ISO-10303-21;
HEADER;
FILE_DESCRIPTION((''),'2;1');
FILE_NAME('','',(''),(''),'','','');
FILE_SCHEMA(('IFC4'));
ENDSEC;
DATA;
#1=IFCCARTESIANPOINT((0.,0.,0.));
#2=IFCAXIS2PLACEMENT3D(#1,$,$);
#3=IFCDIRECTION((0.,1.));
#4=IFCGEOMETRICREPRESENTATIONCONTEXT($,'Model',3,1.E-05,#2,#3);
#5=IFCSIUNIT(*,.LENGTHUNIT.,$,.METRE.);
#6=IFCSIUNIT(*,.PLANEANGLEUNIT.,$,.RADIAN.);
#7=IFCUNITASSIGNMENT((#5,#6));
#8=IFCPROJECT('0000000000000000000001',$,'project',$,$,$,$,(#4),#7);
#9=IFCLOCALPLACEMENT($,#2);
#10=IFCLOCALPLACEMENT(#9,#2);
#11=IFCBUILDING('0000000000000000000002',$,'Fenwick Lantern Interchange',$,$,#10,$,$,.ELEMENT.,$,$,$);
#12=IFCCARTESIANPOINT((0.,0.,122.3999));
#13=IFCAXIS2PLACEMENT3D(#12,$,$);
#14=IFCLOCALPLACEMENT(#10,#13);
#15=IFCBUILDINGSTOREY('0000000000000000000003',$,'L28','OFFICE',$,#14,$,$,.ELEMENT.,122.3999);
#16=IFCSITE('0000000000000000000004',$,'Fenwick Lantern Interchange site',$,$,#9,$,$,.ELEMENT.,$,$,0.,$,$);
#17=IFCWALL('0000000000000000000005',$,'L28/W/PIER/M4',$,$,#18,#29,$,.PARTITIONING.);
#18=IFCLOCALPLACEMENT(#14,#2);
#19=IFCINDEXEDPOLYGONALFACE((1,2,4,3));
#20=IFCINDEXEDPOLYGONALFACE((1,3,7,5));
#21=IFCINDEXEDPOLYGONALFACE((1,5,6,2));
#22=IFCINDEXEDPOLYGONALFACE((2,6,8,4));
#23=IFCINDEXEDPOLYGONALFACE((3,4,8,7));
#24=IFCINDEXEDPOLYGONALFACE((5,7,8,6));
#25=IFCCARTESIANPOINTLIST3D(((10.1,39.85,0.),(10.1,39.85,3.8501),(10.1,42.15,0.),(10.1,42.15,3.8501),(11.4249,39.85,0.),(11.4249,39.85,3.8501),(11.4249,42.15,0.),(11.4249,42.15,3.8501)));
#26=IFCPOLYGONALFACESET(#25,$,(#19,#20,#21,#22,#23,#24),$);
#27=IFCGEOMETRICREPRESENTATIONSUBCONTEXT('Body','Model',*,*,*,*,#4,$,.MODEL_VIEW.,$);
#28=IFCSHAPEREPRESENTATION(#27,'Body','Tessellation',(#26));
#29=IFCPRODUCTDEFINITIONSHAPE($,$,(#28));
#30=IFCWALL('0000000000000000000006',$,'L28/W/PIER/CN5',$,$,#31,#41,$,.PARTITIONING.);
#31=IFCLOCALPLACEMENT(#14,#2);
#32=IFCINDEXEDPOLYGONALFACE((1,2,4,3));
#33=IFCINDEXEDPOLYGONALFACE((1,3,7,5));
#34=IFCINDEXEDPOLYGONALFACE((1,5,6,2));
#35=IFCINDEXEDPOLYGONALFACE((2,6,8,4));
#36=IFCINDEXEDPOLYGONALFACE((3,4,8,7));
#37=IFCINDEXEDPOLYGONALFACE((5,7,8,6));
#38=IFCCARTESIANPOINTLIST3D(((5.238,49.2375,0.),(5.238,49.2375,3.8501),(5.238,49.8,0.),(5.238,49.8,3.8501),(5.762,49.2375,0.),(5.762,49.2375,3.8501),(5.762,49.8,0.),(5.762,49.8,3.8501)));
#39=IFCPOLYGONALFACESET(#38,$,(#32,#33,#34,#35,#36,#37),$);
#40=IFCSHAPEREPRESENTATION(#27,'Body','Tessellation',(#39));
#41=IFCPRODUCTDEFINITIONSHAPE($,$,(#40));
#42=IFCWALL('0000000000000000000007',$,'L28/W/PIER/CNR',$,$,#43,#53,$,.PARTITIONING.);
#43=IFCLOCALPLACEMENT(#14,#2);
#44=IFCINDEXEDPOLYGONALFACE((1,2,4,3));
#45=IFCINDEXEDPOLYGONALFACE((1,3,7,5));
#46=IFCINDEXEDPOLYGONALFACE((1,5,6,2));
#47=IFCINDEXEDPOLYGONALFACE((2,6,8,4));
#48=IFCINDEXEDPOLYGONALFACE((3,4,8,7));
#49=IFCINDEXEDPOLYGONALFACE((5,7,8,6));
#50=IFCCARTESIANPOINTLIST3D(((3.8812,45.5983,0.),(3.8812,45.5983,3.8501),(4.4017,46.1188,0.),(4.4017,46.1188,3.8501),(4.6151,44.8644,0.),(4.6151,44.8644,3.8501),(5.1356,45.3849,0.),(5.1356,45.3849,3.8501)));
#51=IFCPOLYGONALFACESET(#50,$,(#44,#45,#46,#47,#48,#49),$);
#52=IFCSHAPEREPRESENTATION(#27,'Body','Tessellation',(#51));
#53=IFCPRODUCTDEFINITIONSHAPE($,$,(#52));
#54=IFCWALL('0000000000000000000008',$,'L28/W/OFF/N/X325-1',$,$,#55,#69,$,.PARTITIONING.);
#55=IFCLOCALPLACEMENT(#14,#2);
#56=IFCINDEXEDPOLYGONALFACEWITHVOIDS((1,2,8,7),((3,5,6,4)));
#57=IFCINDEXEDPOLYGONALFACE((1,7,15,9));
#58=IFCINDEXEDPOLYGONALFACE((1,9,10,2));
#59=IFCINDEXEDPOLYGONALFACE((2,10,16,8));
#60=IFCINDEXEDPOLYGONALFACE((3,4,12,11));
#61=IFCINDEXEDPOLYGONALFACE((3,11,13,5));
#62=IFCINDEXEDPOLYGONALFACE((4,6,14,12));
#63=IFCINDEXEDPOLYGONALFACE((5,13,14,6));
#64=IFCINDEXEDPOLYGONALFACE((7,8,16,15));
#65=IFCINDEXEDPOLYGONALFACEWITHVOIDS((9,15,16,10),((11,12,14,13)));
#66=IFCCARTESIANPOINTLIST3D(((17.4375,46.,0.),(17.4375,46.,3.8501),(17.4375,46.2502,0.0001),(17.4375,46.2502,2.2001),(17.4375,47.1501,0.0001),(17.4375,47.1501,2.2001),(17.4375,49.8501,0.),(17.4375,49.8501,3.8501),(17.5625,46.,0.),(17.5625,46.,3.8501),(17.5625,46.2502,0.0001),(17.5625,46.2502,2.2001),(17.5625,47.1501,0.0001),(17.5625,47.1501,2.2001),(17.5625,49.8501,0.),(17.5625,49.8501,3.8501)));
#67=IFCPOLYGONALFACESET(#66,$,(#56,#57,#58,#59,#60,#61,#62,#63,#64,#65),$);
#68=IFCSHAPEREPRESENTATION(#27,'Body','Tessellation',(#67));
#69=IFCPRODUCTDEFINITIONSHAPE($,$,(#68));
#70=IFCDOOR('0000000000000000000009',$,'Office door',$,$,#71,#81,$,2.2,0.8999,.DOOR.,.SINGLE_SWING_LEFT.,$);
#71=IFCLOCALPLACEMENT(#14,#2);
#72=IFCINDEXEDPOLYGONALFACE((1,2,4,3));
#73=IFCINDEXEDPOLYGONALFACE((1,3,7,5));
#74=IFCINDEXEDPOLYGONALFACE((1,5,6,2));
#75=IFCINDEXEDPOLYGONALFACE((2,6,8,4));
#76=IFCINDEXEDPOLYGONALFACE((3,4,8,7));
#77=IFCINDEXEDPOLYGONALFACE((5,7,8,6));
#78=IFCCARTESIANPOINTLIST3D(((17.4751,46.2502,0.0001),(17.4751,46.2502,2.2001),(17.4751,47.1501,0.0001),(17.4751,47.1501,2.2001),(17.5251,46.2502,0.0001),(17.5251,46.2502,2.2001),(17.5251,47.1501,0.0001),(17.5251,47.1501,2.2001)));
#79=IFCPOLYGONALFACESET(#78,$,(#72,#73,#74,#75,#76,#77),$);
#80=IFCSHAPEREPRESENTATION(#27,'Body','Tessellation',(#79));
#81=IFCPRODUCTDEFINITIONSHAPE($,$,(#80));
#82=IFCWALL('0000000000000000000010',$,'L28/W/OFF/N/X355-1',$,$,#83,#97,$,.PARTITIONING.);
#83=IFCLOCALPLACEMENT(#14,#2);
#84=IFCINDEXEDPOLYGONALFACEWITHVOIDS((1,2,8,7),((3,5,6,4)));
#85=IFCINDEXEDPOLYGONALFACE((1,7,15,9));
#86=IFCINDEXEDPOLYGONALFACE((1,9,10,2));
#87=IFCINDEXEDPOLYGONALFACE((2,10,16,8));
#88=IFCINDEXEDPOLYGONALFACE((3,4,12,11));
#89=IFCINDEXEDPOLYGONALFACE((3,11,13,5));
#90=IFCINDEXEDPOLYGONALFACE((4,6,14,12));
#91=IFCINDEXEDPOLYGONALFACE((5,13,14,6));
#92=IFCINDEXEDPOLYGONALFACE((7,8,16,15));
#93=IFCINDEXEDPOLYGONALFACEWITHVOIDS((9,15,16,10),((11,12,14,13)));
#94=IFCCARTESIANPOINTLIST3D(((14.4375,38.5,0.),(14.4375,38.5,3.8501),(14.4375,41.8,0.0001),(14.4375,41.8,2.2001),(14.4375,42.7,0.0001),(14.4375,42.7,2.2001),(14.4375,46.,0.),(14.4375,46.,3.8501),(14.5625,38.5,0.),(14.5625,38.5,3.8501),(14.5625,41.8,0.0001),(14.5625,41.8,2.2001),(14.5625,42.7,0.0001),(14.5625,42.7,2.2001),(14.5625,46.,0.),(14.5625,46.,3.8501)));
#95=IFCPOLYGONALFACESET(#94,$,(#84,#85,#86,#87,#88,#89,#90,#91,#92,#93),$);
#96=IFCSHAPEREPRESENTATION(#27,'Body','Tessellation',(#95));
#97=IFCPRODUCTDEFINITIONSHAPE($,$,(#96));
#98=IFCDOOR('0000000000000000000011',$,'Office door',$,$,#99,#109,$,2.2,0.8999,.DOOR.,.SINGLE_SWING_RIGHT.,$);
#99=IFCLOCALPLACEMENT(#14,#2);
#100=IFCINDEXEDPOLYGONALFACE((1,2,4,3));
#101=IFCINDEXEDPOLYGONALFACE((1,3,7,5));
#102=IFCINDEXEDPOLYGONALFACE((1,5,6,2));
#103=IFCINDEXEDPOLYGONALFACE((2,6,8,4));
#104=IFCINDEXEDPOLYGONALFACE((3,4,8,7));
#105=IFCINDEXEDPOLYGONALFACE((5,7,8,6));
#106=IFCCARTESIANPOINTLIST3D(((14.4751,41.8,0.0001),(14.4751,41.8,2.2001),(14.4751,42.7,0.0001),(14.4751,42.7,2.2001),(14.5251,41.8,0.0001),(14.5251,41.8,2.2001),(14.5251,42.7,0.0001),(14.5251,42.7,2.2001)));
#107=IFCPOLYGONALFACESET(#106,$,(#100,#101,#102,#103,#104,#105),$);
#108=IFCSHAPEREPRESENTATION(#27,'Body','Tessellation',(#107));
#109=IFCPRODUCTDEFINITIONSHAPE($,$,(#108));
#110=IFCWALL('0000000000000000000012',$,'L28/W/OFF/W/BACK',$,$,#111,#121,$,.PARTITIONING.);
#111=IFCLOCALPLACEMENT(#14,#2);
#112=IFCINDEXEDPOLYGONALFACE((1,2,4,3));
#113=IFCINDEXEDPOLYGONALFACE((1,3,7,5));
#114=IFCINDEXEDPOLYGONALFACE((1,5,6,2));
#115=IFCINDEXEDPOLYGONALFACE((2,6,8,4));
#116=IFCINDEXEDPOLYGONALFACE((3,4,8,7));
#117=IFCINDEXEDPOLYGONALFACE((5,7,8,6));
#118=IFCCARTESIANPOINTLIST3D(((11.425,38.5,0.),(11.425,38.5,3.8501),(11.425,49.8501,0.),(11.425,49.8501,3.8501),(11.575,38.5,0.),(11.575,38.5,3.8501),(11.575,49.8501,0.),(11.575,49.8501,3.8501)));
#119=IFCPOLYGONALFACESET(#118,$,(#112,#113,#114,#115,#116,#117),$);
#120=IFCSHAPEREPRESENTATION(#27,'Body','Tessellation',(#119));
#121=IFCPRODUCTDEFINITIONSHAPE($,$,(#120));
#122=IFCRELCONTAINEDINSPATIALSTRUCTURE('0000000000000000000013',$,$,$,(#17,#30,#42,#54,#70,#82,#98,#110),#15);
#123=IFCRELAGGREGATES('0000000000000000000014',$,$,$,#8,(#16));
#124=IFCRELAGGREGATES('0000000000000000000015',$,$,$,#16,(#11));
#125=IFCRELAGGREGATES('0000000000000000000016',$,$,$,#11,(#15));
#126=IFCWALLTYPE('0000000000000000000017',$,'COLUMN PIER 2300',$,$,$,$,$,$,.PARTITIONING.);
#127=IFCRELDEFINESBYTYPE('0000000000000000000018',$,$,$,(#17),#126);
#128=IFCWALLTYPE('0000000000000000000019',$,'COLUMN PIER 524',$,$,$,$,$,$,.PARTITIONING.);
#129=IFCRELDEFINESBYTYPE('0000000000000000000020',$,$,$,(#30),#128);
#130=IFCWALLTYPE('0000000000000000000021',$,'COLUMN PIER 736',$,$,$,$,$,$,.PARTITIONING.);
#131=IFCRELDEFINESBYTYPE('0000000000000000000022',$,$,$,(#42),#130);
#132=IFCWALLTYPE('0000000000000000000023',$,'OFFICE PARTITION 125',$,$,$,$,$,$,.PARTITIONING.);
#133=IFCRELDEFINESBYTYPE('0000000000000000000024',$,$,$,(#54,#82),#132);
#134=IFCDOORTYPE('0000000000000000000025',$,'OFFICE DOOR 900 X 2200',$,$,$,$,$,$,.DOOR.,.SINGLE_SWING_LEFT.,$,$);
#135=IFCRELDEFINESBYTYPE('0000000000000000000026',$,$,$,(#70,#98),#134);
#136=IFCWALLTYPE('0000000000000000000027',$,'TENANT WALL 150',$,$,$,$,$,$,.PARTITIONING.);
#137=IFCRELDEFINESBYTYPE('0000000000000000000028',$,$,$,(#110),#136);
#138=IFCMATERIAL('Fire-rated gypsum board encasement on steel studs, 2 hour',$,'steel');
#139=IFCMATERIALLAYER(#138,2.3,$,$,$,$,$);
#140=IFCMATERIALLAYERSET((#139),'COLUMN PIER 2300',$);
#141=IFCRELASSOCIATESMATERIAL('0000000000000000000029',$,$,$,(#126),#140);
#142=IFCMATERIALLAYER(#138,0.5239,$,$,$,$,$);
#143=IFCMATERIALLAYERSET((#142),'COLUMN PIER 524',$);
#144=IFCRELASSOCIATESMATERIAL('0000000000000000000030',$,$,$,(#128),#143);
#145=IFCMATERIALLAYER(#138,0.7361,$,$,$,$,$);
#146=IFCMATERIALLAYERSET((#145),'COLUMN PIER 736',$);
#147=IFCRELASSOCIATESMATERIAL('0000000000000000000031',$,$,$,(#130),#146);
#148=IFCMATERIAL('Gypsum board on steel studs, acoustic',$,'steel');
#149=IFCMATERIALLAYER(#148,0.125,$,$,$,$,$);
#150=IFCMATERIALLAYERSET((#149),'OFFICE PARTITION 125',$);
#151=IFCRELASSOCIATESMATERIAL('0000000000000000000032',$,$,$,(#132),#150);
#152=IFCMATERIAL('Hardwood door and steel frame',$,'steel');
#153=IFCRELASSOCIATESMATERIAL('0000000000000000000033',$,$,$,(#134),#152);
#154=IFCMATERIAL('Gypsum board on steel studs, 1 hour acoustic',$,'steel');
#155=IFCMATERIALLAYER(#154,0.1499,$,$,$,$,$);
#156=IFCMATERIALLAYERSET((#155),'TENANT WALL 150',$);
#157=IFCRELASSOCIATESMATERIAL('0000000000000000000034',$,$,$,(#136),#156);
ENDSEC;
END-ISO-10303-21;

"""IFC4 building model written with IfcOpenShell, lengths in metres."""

from ifc_helpers import new_model, si_unit, direction, frame, frame_2d, origin, place, context, subcontext, project, spatial, rectangle, extrude, material, layer, layer_set, type_object, element, fill, save


model = new_model("IFC4")

# Units and contexts
model_context = context("Model", 3, precision=1e-05, world=origin(), true_north=direction((0.0, 1.0)))
body_context = subcontext(model_context, "Body", "Model", "MODEL_VIEW")
ifc_project = project(units=[si_unit("LENGTHUNIT", "METRE"), si_unit("PLANEANGLEUNIT", "RADIAN")], contexts=[model_context])

# Site, building, storey
site_placement = place(None, origin())
site = spatial("IfcSite", under=ifc_project, at=site_placement, Name="Fenwick Lantern Interchange site", CompositionType="ELEMENT", RefElevation=0.0)
building_placement = place(site_placement, origin())
building = spatial("IfcBuilding", under=site, at=building_placement, Name="Fenwick Lantern Interchange", CompositionType="ELEMENT")
storey_placement = place(building_placement, frame((0.0, 0.0, 122.3999)))
storey = spatial("IfcBuildingStorey", under=building, at=storey_placement, Name="L28", Description="OFFICE", CompositionType="ELEMENT", Elevation=122.3999)

# Walls
ifc_material_1 = material(Name="Fire-rated gypsum board encasement on steel studs, 2 hour", Category="steel")
ifc_layer_1 = layer(ifc_material_1, 2.3)
ifc_layer_set_1 = layer_set([ifc_layer_1], Name="COLUMN PIER 2300")
wall_type_1 = type_object("IfcWallType", Name="COLUMN PIER 2300", PredefinedType="PARTITIONING", material=ifc_layer_set_1)
wall_1_placement = place(storey_placement, frame((11.425, 41.0, 0.0), z_axis=(0.0, 0.0, 1.0), x_axis=(-1.0, 0.0, 0.0)))
element("IfcWall", 1, at=wall_1_placement, inside=storey, type_object=wall_type_1, Name="L28/W/PIER/M4", PredefinedType="PARTITIONING", context=body_context, shape_type="SweptSolid", body=[
    extrude(rectangle(XDim=1.325, YDim=2.3, at=frame_2d((0.6626, 0.0))), origin(), (0.0, 0.0, 1.0), 3.8501),
])
ifc_layer_2 = layer(ifc_material_1, 0.5239)
ifc_layer_set_2 = layer_set([ifc_layer_2], Name="COLUMN PIER 524")
wall_type_2 = type_object("IfcWallType", Name="COLUMN PIER 524", PredefinedType="PARTITIONING", material=ifc_layer_set_2)
wall_2_placement = place(storey_placement, frame((5.5, 49.8, 0.0), z_axis=(0.0, 0.0, 1.0), x_axis=(0.0, -1.0, 0.0)))
element("IfcWall", 2, at=wall_2_placement, inside=storey, type_object=wall_type_2, Name="L28/W/PIER/CN5", PredefinedType="PARTITIONING", context=body_context, shape_type="SweptSolid", body=[
    extrude(rectangle(XDim=0.5625, YDim=0.5239, at=frame_2d((0.2812, 0.0))), origin(), (0.0, 0.0, 1.0), 3.8501),
])
ifc_layer_3 = layer(ifc_material_1, 0.7361)
ifc_layer_set_3 = layer_set([ifc_layer_3], Name="COLUMN PIER 736")
wall_type_3 = type_object("IfcWallType", Name="COLUMN PIER 736", PredefinedType="PARTITIONING", material=ifc_layer_set_3)
wall_3_placement = place(storey_placement, frame((4.1414, 45.8586, 0.0), z_axis=(0.0, 0.0, 1.0), x_axis=(0.707107, -0.707107, 0.0)))
element("IfcWall", 3, at=wall_3_placement, inside=storey, type_object=wall_type_3, Name="L28/W/PIER/CNR", PredefinedType="PARTITIONING", context=body_context, shape_type="SweptSolid", body=[
    extrude(rectangle(XDim=1.0378, YDim=0.7361, at=frame_2d((0.519, 0.0))), origin(), (0.0, 0.0, 1.0), 3.8501),
])

# Walls, openings, doors
ifc_material_2 = material(Name="Gypsum board on steel studs, acoustic", Category="steel")
ifc_layer_4 = layer(ifc_material_2, 0.125)
ifc_layer_set_4 = layer_set([ifc_layer_4], Name="OFFICE PARTITION 125")
wall_type_4 = type_object("IfcWallType", Name="OFFICE PARTITION 125", PredefinedType="PARTITIONING", material=ifc_layer_set_4)
wall_4_placement = place(storey_placement, frame((17.5, 49.8501, 0.0), z_axis=(0.0, 0.0, 1.0), x_axis=(0.0, -1.0, 0.0)))
wall_4 = element("IfcWall", 4, at=wall_4_placement, inside=storey, type_object=wall_type_4, Name="L28/W/OFF/N/X325-1", PredefinedType="PARTITIONING", context=body_context, shape_type="SweptSolid", body=[
    extrude(rectangle(XDim=3.8501, YDim=0.125, at=frame_2d((1.925, 0.0))), origin(), (0.0, 0.0, 1.0), 3.8501),
])
opening_1_placement = place(wall_4_placement, frame((2.7, 0.0, 0.0)))
opening_1 = element("IfcOpeningElement", 5, at=opening_1_placement, cuts=wall_4, PredefinedType="OPENING", context=body_context, shape_type="SweptSolid", body=[
    extrude(rectangle(XDim=0.8999, YDim=2.2, at=frame_2d((0.45, 1.1001))), frame((0.0, 0.0725, 0.0), z_axis=(0.0, -1.0, 0.0), x_axis=(1.0, 0.0, 0.0)), (0.0, 0.0, 1.0), 0.145),
])
ifc_material_3 = material(Name="Hardwood door and steel frame", Category="steel")
door_type = type_object("IfcDoorType", Name="OFFICE DOOR 900 X 2200", OperationType="SINGLE_SWING_LEFT", PredefinedType="DOOR", material=ifc_material_3)
door_1_placement = place(opening_1_placement, frame((0.8999, 0.0, 0.0), z_axis=(0.0, 0.0, 1.0), x_axis=(-1.0, 0.0, 0.0)))
door_1 = element("IfcDoor", 6, at=door_1_placement, inside=storey, type_object=door_type, Name="Office door", OperationType="SINGLE_SWING_LEFT", OverallHeight=2.2, OverallWidth=0.8999, PredefinedType="DOOR", context=body_context, shape_type="SweptSolid", body=[
    extrude(rectangle(XDim=0.8999, YDim=2.2, at=frame_2d((0.45, 1.1001))), frame((0.0, 0.0249, 0.0), z_axis=(0.0, -1.0, 0.0), x_axis=(1.0, 0.0, 0.0)), (0.0, 0.0, 1.0), 0.05),
])
fill(opening_1, door_1)
wall_5_placement = place(storey_placement, frame((14.5, 46.0, 0.0), z_axis=(0.0, 0.0, 1.0), x_axis=(0.0, -1.0, 0.0)))
wall_5 = element("IfcWall", 7, at=wall_5_placement, inside=storey, type_object=wall_type_4, Name="L28/W/OFF/N/X355-1", PredefinedType="PARTITIONING", context=body_context, shape_type="SweptSolid", body=[
    extrude(rectangle(XDim=7.5, YDim=0.125, at=frame_2d((3.75, 0.0))), origin(), (0.0, 0.0, 1.0), 3.8501),
])
opening_2_placement = place(wall_5_placement, frame((3.3, 0.0, 0.0)))
opening_2 = element("IfcOpeningElement", 8, at=opening_2_placement, cuts=wall_5, PredefinedType="OPENING", context=body_context, shape_type="SweptSolid", body=[
    extrude(rectangle(XDim=0.8999, YDim=2.2, at=frame_2d((0.45, 1.1001))), frame((0.0, 0.0725, 0.0), z_axis=(0.0, -1.0, 0.0), x_axis=(1.0, 0.0, 0.0)), (0.0, 0.0, 1.0), 0.145),
])
door_2_placement = place(opening_2_placement, frame((0.8999, 0.0, 0.0), z_axis=(0.0, 0.0, 1.0), x_axis=(-1.0, 0.0, 0.0)))
door_2 = element("IfcDoor", 9, at=door_2_placement, inside=storey, type_object=door_type, Name="Office door", OperationType="SINGLE_SWING_RIGHT", OverallHeight=2.2, OverallWidth=0.8999, PredefinedType="DOOR", context=body_context, shape_type="SweptSolid", body=[
    extrude(rectangle(XDim=0.8999, YDim=2.2, at=frame_2d((0.45, 1.1001))), frame((0.0, 0.0249, 0.0), z_axis=(0.0, -1.0, 0.0), x_axis=(1.0, 0.0, 0.0)), (0.0, 0.0, 1.0), 0.05),
])
fill(opening_2, door_2)

# Wall
ifc_material_4 = material(Name="Gypsum board on steel studs, 1 hour acoustic", Category="steel")
ifc_layer_5 = layer(ifc_material_4, 0.1499)
ifc_layer_set_5 = layer_set([ifc_layer_5], Name="TENANT WALL 150")
wall_type_5 = type_object("IfcWallType", Name="TENANT WALL 150", PredefinedType="PARTITIONING", material=ifc_layer_set_5)
wall_6_placement = place(storey_placement, frame((11.5, 49.8501, 0.0), z_axis=(0.0, 0.0, 1.0), x_axis=(0.0, -1.0, 0.0)))
element("IfcWall", 10, at=wall_6_placement, inside=storey, type_object=wall_type_5, Name="L28/W/OFF/W/BACK", PredefinedType="PARTITIONING", context=body_context, shape_type="SweptSolid", body=[
    extrude(rectangle(XDim=11.3501, YDim=0.1499, at=frame_2d((5.675, 0.0))), origin(), (0.0, 0.0, 1.0), 3.8501),
])

save(model, "model.ifc")
